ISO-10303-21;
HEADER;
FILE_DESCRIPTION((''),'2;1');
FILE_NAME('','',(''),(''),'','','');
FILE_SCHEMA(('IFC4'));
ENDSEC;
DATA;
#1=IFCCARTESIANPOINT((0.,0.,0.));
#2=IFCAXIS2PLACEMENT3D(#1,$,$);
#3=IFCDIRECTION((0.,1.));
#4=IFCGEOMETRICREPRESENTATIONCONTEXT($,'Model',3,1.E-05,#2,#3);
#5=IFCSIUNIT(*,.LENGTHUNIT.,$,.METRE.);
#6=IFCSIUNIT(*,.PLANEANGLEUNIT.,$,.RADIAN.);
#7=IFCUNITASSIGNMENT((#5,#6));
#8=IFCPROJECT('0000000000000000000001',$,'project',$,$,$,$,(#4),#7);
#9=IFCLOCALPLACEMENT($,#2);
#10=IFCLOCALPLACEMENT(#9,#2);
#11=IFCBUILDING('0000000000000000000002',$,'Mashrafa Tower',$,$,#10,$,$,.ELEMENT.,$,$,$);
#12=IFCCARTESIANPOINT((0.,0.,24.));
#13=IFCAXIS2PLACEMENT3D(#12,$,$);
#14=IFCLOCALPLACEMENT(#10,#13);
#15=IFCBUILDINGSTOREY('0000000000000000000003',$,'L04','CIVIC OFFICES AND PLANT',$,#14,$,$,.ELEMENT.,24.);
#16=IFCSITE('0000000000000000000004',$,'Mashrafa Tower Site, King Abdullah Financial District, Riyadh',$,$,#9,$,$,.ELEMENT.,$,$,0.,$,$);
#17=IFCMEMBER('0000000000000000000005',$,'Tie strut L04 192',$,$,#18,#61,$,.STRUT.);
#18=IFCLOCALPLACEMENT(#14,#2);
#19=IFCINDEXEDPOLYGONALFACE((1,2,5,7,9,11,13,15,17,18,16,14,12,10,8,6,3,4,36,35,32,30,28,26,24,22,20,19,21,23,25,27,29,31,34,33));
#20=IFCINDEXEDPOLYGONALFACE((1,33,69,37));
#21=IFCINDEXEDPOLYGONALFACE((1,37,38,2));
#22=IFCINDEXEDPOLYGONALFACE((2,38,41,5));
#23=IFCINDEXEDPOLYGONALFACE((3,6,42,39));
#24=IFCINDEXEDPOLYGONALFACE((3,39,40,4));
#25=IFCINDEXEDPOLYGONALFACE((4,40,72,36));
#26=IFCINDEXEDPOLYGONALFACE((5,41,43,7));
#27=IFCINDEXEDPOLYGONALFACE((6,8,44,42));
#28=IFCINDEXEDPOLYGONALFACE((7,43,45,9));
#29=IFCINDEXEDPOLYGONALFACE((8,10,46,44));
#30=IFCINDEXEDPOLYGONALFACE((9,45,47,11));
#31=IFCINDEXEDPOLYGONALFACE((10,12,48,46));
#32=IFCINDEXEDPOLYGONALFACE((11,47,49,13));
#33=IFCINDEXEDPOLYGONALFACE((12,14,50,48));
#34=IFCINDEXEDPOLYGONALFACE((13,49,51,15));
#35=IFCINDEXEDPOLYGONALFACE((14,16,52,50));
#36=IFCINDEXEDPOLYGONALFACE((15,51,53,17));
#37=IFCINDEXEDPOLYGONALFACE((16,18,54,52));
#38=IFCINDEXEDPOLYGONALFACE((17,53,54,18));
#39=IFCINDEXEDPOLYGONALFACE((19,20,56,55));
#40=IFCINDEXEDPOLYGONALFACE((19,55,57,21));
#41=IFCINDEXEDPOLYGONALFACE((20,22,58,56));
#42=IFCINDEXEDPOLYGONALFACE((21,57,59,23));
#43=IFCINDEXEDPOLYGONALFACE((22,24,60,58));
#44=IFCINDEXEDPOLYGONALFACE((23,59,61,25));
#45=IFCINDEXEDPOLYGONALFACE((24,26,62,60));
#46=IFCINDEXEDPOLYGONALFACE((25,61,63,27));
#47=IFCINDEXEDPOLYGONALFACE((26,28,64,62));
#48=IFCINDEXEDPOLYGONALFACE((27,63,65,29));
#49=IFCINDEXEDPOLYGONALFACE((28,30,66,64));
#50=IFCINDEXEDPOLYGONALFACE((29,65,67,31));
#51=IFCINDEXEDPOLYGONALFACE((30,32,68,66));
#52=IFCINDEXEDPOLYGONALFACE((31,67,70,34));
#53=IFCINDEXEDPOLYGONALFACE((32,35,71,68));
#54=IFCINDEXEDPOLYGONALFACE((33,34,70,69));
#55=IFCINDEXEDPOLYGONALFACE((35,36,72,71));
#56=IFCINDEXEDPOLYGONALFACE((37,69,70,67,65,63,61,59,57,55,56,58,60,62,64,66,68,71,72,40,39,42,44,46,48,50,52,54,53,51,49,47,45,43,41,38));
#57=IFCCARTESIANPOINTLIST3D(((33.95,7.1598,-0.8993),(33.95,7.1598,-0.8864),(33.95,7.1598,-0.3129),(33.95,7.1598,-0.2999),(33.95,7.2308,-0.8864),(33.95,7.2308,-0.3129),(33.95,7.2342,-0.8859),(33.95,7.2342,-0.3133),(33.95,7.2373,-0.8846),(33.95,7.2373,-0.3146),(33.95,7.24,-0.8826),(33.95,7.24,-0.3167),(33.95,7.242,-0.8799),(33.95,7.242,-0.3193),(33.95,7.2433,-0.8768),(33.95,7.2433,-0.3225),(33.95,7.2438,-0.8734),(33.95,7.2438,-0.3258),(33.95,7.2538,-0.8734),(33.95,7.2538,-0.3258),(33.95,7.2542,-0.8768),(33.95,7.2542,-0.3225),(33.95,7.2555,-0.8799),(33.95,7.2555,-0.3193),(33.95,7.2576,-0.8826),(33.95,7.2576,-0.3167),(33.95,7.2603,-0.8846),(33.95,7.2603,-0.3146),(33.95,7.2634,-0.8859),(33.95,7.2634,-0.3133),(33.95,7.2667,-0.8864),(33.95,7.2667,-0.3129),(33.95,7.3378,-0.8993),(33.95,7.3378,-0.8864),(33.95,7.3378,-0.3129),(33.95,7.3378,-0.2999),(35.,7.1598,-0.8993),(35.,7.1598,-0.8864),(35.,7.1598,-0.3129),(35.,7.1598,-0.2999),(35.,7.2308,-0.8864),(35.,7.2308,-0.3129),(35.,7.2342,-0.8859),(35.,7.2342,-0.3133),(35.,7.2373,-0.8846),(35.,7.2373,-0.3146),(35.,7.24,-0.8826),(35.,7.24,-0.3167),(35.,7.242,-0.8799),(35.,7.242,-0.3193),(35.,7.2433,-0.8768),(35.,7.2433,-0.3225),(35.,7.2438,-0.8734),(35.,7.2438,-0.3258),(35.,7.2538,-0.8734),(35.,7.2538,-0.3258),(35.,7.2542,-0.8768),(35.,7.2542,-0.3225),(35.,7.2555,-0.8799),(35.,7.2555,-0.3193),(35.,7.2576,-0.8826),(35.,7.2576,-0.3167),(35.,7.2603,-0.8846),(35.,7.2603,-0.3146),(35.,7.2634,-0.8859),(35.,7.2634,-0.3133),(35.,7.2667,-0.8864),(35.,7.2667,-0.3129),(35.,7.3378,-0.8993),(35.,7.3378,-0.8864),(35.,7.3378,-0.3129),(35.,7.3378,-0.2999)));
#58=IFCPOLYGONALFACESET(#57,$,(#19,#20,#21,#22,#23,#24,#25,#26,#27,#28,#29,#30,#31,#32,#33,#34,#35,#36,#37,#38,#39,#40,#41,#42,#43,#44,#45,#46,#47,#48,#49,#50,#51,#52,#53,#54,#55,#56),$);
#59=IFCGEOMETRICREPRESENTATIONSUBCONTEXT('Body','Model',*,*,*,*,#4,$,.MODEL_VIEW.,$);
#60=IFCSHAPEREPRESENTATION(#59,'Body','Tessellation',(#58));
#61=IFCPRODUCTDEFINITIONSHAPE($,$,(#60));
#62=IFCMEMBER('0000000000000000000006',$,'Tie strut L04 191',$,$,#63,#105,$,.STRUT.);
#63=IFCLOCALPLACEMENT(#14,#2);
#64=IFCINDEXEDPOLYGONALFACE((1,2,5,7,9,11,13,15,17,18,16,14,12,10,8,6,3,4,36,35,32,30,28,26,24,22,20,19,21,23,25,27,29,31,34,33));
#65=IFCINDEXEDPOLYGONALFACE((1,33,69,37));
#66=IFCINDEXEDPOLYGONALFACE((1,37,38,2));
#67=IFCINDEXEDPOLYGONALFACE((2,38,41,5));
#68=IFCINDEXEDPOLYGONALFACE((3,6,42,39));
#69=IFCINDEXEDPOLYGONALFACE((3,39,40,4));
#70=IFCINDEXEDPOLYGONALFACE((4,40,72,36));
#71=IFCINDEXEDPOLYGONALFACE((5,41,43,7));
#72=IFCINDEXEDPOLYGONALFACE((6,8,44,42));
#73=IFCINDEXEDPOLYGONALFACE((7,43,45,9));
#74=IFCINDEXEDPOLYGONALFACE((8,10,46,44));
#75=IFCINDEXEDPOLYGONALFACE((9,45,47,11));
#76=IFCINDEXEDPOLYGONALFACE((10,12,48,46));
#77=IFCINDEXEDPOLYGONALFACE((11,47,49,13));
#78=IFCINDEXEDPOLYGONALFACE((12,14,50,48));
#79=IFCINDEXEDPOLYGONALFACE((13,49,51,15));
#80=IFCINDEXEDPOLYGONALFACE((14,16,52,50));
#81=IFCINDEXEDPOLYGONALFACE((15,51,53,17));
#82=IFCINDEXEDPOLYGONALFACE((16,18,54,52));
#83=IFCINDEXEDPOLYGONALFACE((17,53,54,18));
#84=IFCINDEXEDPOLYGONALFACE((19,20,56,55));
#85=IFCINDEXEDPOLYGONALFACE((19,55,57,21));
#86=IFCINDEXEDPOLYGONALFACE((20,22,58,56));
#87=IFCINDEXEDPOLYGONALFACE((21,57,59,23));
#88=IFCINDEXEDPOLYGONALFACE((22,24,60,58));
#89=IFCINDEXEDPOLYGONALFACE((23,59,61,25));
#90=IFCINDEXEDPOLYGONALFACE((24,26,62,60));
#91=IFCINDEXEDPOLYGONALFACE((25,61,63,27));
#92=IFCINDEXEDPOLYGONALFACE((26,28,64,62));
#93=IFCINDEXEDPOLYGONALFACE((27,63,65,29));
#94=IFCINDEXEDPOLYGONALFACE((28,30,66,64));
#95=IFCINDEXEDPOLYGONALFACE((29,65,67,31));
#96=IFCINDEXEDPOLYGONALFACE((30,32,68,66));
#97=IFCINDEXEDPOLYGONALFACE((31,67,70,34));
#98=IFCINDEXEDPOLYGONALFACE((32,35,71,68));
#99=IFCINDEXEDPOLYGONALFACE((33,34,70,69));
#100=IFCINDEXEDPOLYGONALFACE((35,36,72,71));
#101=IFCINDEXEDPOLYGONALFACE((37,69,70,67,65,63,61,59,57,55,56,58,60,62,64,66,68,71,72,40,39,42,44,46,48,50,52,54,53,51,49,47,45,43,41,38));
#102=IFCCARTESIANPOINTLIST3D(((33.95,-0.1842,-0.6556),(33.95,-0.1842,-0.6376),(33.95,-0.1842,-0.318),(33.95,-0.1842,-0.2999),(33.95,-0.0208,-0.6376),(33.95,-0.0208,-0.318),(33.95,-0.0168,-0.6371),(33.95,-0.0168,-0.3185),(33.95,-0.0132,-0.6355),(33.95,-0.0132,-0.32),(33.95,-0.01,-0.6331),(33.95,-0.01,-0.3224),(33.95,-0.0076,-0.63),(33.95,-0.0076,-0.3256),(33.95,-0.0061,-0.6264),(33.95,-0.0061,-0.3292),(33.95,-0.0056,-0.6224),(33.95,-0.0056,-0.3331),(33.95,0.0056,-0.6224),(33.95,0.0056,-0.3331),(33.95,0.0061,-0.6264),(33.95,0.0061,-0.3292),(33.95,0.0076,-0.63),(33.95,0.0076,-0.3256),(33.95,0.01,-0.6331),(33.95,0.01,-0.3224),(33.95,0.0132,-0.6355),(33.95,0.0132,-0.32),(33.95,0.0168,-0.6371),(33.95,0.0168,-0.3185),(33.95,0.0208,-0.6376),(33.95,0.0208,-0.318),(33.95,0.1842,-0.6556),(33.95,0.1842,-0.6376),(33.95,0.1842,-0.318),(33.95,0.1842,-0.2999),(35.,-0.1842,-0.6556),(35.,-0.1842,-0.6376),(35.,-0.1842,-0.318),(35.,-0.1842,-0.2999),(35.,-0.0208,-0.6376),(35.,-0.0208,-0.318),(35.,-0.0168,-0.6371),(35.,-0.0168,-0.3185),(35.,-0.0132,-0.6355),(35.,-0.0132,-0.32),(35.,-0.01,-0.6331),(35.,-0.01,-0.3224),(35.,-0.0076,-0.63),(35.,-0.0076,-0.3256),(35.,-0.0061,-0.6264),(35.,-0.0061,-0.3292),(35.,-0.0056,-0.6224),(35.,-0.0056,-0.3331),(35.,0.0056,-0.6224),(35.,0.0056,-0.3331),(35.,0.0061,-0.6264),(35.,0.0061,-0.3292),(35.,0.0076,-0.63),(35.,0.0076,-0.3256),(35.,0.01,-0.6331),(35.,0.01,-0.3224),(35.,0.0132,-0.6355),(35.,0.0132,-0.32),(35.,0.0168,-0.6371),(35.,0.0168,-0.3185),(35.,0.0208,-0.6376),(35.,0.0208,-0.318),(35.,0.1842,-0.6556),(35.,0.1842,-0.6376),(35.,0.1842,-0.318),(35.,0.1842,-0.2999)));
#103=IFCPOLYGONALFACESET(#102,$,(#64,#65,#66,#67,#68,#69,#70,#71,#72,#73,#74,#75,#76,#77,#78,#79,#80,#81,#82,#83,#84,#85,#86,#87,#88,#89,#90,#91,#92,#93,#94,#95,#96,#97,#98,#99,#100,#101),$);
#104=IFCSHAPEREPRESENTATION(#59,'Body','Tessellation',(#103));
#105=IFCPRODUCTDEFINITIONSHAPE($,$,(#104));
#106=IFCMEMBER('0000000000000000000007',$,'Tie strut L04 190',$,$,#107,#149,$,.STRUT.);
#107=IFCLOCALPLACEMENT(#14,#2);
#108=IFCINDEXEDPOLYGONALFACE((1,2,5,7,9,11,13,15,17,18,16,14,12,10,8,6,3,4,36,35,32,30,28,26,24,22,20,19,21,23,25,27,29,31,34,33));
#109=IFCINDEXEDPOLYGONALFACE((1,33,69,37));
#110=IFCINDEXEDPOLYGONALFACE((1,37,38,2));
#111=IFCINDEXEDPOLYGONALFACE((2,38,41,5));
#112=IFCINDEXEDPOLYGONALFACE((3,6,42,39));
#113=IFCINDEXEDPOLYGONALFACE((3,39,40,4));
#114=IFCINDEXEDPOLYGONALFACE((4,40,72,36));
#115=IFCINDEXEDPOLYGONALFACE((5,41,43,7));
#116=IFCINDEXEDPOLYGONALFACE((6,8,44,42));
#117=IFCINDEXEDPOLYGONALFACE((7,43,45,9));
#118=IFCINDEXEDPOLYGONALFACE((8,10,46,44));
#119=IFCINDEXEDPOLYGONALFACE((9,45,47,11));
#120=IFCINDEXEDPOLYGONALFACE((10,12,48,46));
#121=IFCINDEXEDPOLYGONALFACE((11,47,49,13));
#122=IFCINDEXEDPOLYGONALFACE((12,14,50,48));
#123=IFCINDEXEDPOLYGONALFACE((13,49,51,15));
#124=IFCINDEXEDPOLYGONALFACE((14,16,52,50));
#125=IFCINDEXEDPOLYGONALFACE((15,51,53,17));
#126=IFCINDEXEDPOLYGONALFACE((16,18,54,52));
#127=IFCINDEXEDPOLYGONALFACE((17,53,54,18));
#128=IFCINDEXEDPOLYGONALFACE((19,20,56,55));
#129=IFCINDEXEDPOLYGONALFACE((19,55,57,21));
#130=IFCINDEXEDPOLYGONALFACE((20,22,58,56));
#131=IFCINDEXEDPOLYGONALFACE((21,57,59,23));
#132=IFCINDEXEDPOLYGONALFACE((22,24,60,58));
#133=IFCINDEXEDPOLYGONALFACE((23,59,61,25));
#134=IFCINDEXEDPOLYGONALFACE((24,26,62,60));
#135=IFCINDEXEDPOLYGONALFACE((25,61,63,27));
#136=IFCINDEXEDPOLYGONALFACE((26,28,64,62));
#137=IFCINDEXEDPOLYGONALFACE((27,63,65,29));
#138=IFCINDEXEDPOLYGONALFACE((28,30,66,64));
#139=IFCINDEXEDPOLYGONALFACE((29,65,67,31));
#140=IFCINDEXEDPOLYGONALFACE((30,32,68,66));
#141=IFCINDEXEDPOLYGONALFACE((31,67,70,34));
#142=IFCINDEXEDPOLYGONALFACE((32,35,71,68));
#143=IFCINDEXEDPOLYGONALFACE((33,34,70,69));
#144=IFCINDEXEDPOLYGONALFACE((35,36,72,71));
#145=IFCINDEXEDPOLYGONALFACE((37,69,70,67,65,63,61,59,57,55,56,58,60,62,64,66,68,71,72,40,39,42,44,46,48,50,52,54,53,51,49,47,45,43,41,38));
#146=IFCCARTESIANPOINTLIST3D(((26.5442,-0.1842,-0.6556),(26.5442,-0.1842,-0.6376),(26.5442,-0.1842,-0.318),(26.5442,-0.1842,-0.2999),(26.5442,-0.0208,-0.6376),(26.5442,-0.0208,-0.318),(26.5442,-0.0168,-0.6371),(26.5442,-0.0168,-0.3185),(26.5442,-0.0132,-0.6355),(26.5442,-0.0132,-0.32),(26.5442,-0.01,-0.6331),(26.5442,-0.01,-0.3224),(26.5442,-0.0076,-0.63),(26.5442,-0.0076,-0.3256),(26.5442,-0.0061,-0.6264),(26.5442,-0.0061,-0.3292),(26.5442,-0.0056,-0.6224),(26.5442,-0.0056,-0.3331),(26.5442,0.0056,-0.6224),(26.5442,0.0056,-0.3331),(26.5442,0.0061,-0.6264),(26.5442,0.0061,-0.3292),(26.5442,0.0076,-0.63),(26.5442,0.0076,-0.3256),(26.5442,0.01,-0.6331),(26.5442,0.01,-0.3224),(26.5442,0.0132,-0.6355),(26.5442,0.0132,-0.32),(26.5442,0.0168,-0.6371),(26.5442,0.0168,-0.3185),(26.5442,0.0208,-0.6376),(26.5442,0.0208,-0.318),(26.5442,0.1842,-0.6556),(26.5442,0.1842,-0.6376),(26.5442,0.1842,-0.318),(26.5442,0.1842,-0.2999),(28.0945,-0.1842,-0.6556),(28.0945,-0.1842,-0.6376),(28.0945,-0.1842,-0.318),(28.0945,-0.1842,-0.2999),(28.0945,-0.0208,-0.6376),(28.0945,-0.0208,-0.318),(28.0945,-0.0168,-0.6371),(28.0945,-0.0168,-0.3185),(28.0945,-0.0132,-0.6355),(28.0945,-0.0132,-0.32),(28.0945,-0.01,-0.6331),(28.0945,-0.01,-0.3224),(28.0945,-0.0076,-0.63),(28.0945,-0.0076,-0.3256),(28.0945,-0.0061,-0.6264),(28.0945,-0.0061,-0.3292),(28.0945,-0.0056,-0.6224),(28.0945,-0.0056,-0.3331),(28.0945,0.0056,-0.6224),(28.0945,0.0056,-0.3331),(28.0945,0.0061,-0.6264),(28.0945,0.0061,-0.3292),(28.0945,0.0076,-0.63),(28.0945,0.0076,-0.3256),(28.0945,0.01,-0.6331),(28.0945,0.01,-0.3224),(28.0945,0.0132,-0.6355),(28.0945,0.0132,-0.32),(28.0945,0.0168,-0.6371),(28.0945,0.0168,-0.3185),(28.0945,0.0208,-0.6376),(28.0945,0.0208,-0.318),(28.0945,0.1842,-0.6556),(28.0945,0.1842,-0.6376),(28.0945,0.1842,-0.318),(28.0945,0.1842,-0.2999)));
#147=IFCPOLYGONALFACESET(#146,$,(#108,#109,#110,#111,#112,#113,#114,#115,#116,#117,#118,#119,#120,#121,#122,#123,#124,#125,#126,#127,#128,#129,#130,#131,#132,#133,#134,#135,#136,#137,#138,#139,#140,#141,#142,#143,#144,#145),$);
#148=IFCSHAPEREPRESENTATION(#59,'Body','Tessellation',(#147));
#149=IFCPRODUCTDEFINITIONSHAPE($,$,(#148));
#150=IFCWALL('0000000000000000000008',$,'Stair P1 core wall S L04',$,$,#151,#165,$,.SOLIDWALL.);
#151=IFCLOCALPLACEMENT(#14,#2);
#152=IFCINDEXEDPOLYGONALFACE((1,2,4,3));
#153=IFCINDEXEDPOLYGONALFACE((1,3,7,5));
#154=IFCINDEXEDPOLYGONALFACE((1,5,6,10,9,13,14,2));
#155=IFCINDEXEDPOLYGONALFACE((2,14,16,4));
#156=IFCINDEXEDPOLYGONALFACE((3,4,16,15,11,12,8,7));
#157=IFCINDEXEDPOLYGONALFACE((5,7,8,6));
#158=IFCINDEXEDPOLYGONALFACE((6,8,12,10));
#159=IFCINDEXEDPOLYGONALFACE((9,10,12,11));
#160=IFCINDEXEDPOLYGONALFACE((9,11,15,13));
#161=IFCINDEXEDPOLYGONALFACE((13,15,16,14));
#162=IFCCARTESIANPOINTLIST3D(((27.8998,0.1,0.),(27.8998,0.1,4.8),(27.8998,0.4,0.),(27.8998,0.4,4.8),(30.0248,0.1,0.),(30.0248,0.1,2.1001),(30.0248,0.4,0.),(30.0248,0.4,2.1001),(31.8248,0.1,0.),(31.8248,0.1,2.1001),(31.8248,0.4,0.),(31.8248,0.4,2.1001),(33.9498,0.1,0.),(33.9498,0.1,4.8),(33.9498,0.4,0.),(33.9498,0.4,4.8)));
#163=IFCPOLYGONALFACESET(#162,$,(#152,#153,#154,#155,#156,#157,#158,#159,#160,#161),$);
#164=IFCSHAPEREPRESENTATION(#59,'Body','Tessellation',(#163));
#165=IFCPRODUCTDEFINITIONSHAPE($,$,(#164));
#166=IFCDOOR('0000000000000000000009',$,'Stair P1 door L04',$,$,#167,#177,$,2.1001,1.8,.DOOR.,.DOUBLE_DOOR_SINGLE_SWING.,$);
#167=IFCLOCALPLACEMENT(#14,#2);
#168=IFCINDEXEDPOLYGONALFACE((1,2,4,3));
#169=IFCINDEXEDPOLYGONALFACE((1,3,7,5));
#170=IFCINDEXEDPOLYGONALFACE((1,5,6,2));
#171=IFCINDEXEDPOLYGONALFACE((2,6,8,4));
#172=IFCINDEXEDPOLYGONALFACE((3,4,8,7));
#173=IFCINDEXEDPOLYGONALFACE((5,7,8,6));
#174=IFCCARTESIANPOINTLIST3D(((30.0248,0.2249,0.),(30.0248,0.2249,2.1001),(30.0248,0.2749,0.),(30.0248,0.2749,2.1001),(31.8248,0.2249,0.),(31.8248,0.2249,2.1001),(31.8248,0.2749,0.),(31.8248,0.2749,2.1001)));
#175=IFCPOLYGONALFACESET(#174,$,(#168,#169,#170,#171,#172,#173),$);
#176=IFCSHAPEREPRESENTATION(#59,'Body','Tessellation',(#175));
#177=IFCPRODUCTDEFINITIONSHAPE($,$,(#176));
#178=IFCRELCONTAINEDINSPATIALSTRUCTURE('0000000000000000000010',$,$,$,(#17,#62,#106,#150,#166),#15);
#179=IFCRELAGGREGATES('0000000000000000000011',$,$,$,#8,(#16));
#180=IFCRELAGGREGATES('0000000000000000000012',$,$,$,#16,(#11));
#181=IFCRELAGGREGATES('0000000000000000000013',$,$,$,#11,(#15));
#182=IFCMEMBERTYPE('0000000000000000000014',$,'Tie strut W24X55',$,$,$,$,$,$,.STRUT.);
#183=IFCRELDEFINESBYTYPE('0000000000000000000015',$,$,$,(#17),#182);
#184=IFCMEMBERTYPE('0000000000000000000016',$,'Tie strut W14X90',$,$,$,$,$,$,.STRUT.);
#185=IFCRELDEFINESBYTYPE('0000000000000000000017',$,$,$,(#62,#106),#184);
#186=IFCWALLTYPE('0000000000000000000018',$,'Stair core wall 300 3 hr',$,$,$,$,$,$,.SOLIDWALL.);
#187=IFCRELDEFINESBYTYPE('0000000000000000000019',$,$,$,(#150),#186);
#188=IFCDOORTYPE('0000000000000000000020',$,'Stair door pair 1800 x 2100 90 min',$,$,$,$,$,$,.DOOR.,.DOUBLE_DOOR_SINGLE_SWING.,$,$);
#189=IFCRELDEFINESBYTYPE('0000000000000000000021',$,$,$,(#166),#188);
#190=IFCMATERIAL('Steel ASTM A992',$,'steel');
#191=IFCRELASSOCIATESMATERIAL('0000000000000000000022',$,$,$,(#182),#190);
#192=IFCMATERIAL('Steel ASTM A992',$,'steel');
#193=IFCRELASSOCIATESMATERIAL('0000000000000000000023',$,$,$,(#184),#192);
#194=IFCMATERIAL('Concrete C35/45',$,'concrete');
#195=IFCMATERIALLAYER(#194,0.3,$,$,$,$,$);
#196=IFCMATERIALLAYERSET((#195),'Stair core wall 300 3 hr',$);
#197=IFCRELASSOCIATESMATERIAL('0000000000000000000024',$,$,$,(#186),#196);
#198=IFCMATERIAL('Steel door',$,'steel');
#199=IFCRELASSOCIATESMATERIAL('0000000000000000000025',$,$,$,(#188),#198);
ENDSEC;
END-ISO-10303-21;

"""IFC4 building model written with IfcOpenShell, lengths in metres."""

from ifc_helpers import new_model, si_unit, direction, frame, frame_2d, origin, origin_2d, place, context, subcontext, project, spatial, rectangle, i_section, extrude, source, transform, mapped, material, layer, layer_set, material_profile, profile_set, type_object, type_shapes, element, fill, save


model = new_model("IFC4")

# Units and contexts
model_context = context("Model", 3, precision=1e-05, world=origin(), true_north=direction((0.0, 1.0)))
body_context = subcontext(model_context, "Body", "Model", "MODEL_VIEW")
ifc_project = project(units=[si_unit("LENGTHUNIT", "METRE"), si_unit("PLANEANGLEUNIT", "RADIAN")], contexts=[model_context])

# Site, building, storey
site_placement = place(None, origin())
site = spatial("IfcSite", under=ifc_project, at=site_placement, Name="Mashrafa Tower Site, King Abdullah Financial District, Riyadh", CompositionType="ELEMENT", RefElevation=0.0)
building_placement = place(site_placement, origin())
building = spatial("IfcBuilding", under=site, at=building_placement, Name="Mashrafa Tower", CompositionType="ELEMENT")
storey_placement = place(building_placement, frame((0.0, 0.0, 24.0)))
storey = spatial("IfcBuildingStorey", under=building, at=storey_placement, Name="L04", Description="CIVIC OFFICES AND PLANT", CompositionType="ELEMENT", Elevation=24.0)

# Members
ifc_material_1 = material(Name="Steel ASTM A992", Category="steel")
ifc_material_profile_1 = material_profile(ifc_material_1, i_section(OverallWidth=0.178, OverallDepth=0.5994, WebThickness=0.01, FlangeThickness=0.0129, FilletRadius=0.0129, at=origin_2d()), Name="W24X55")
ifc_profile_set_1 = profile_set([ifc_material_profile_1], Name="Steel ASTM A992")
member_type_1 = type_object("IfcMemberType", Name="Tie strut W24X55", PredefinedType="STRUT", material=ifc_profile_set_1)
shared_shape_1 = source(origin(), body_context, "Body", "SweptSolid", [
    extrude(i_section(OverallWidth=0.178, OverallDepth=0.5994, WebThickness=0.01, FlangeThickness=0.0129, FilletRadius=0.0129, at=origin_2d()), origin(), (0.0, 0.0, 1.0), 1.05),
])
type_shapes(member_type_1, [shared_shape_1])
member_1_placement = place(storey_placement, frame((33.95, 7.2488, -0.5996), z_axis=(1.0, 0.0, 0.0), x_axis=(0.0, 1.0, 0.0)))
element("IfcMember", 1, at=member_1_placement, inside=storey, type_object=member_type_1, Name="Tie strut L04 192", PredefinedType="STRUT", context=body_context, shape_type="MappedRepresentation", body=[
    mapped(shared_shape_1, transform((0.0, 0.0, 0.0))),
])
ifc_material_2 = material(Name="Steel ASTM A992", Category="steel")
ifc_material_profile_2 = material_profile(ifc_material_2, i_section(OverallWidth=0.3684, OverallDepth=0.3557, WebThickness=0.0112, FlangeThickness=0.0181, FilletRadius=0.0151, at=origin_2d()), Name="W14X90")
ifc_profile_set_2 = profile_set([ifc_material_profile_2], Name="Steel ASTM A992")
member_type_2 = type_object("IfcMemberType", Name="Tie strut W14X90", PredefinedType="STRUT", material=ifc_profile_set_2)
shared_shape_2 = source(origin(), body_context, "Body", "SweptSolid", [
    extrude(i_section(OverallWidth=0.3684, OverallDepth=0.3557, WebThickness=0.0112, FlangeThickness=0.0181, FilletRadius=0.0151, at=origin_2d()), origin(), (0.0, 0.0, 1.0), 1.05),
])
member_2_placement = place(storey_placement, frame((33.95, 0.0, -0.4778), z_axis=(1.0, 0.0, 0.0), x_axis=(0.0, 1.0, 0.0)))
element("IfcMember", 2, at=member_2_placement, inside=storey, type_object=member_type_2, Name="Tie strut L04 191", PredefinedType="STRUT", context=body_context, shape_type="MappedRepresentation", body=[
    mapped(shared_shape_2, transform((0.0, 0.0, 0.0))),
])
shared_shape_3 = source(origin(), body_context, "Body", "SweptSolid", [
    extrude(i_section(OverallWidth=0.3684, OverallDepth=0.3557, WebThickness=0.0112, FlangeThickness=0.0181, FilletRadius=0.0151, at=origin_2d()), origin(), (0.0, 0.0, 1.0), 1.5503),
])
type_shapes(member_type_2, [shared_shape_2, shared_shape_3])
member_3_placement = place(storey_placement, frame((26.5442, 0.0, -0.4778), z_axis=(1.0, 0.0, 0.0), x_axis=(0.0, 1.0, 0.0)))
element("IfcMember", 3, at=member_3_placement, inside=storey, type_object=member_type_2, Name="Tie strut L04 190", PredefinedType="STRUT", context=body_context, shape_type="MappedRepresentation", body=[
    mapped(shared_shape_3, transform((0.0, 0.0, 0.0))),
])

# Wall, opening, door
ifc_material_3 = material(Name="Concrete C35/45", Category="concrete")
ifc_layer = layer(ifc_material_3, 0.3)
ifc_layer_set = layer_set([ifc_layer], Name="Stair core wall 300 3 hr")
wall_type = type_object("IfcWallType", Name="Stair core wall 300 3 hr", PredefinedType="SOLIDWALL", material=ifc_layer_set)
wall_1_placement = place(storey_placement, frame((27.8999, 0.25, 0.0), z_axis=(0.0, 0.0, 1.0), x_axis=(1.0, 0.0, 0.0)))
wall_1 = element("IfcWall", 4, at=wall_1_placement, inside=storey, type_object=wall_type, Name="Stair P1 core wall S L04", PredefinedType="SOLIDWALL", context=body_context, shape_type="SweptSolid", body=[
    extrude(rectangle(XDim=6.05, YDim=0.3, at=frame_2d((3.0249, 0.0))), origin(), (0.0, 0.0, 1.0), 4.8),
])
opening_placement = place(wall_1_placement, frame((2.125, 0.0, 0.0)))
opening = element("IfcOpeningElement", 5, at=opening_placement, cuts=wall_1, PredefinedType="OPENING", context=body_context, shape_type="SweptSolid", body=[
    extrude(rectangle(XDim=1.8, YDim=2.1001, at=frame_2d((0.8999, 1.05))), frame((0.0, 0.1599, 0.0), z_axis=(0.0, -1.0, 0.0), x_axis=(1.0, 0.0, 0.0)), (0.0, 0.0, 1.0), 0.3201),
])
ifc_material_4 = material(Name="Steel door", Category="steel")
door_type = type_object("IfcDoorType", Name="Stair door pair 1800 x 2100 90 min", OperationType="DOUBLE_DOOR_SINGLE_SWING", PredefinedType="DOOR", material=ifc_material_4)
door_placement = place(opening_placement, origin())
door = element("IfcDoor", 6, at=door_placement, inside=storey, type_object=door_type, Name="Stair P1 door L04", OperationType="DOUBLE_DOOR_SINGLE_SWING", OverallHeight=2.1001, OverallWidth=1.8, PredefinedType="DOOR", context=body_context, shape_type="SweptSolid", body=[
    extrude(rectangle(XDim=1.8, YDim=2.1001, at=frame_2d((0.8999, 1.05))), frame((0.0, 0.0249, 0.0), z_axis=(0.0, -1.0, 0.0), x_axis=(1.0, 0.0, 0.0)), (0.0, 0.0, 1.0), 0.05),
])
fill(opening, door)

save(model, "model.ifc")
